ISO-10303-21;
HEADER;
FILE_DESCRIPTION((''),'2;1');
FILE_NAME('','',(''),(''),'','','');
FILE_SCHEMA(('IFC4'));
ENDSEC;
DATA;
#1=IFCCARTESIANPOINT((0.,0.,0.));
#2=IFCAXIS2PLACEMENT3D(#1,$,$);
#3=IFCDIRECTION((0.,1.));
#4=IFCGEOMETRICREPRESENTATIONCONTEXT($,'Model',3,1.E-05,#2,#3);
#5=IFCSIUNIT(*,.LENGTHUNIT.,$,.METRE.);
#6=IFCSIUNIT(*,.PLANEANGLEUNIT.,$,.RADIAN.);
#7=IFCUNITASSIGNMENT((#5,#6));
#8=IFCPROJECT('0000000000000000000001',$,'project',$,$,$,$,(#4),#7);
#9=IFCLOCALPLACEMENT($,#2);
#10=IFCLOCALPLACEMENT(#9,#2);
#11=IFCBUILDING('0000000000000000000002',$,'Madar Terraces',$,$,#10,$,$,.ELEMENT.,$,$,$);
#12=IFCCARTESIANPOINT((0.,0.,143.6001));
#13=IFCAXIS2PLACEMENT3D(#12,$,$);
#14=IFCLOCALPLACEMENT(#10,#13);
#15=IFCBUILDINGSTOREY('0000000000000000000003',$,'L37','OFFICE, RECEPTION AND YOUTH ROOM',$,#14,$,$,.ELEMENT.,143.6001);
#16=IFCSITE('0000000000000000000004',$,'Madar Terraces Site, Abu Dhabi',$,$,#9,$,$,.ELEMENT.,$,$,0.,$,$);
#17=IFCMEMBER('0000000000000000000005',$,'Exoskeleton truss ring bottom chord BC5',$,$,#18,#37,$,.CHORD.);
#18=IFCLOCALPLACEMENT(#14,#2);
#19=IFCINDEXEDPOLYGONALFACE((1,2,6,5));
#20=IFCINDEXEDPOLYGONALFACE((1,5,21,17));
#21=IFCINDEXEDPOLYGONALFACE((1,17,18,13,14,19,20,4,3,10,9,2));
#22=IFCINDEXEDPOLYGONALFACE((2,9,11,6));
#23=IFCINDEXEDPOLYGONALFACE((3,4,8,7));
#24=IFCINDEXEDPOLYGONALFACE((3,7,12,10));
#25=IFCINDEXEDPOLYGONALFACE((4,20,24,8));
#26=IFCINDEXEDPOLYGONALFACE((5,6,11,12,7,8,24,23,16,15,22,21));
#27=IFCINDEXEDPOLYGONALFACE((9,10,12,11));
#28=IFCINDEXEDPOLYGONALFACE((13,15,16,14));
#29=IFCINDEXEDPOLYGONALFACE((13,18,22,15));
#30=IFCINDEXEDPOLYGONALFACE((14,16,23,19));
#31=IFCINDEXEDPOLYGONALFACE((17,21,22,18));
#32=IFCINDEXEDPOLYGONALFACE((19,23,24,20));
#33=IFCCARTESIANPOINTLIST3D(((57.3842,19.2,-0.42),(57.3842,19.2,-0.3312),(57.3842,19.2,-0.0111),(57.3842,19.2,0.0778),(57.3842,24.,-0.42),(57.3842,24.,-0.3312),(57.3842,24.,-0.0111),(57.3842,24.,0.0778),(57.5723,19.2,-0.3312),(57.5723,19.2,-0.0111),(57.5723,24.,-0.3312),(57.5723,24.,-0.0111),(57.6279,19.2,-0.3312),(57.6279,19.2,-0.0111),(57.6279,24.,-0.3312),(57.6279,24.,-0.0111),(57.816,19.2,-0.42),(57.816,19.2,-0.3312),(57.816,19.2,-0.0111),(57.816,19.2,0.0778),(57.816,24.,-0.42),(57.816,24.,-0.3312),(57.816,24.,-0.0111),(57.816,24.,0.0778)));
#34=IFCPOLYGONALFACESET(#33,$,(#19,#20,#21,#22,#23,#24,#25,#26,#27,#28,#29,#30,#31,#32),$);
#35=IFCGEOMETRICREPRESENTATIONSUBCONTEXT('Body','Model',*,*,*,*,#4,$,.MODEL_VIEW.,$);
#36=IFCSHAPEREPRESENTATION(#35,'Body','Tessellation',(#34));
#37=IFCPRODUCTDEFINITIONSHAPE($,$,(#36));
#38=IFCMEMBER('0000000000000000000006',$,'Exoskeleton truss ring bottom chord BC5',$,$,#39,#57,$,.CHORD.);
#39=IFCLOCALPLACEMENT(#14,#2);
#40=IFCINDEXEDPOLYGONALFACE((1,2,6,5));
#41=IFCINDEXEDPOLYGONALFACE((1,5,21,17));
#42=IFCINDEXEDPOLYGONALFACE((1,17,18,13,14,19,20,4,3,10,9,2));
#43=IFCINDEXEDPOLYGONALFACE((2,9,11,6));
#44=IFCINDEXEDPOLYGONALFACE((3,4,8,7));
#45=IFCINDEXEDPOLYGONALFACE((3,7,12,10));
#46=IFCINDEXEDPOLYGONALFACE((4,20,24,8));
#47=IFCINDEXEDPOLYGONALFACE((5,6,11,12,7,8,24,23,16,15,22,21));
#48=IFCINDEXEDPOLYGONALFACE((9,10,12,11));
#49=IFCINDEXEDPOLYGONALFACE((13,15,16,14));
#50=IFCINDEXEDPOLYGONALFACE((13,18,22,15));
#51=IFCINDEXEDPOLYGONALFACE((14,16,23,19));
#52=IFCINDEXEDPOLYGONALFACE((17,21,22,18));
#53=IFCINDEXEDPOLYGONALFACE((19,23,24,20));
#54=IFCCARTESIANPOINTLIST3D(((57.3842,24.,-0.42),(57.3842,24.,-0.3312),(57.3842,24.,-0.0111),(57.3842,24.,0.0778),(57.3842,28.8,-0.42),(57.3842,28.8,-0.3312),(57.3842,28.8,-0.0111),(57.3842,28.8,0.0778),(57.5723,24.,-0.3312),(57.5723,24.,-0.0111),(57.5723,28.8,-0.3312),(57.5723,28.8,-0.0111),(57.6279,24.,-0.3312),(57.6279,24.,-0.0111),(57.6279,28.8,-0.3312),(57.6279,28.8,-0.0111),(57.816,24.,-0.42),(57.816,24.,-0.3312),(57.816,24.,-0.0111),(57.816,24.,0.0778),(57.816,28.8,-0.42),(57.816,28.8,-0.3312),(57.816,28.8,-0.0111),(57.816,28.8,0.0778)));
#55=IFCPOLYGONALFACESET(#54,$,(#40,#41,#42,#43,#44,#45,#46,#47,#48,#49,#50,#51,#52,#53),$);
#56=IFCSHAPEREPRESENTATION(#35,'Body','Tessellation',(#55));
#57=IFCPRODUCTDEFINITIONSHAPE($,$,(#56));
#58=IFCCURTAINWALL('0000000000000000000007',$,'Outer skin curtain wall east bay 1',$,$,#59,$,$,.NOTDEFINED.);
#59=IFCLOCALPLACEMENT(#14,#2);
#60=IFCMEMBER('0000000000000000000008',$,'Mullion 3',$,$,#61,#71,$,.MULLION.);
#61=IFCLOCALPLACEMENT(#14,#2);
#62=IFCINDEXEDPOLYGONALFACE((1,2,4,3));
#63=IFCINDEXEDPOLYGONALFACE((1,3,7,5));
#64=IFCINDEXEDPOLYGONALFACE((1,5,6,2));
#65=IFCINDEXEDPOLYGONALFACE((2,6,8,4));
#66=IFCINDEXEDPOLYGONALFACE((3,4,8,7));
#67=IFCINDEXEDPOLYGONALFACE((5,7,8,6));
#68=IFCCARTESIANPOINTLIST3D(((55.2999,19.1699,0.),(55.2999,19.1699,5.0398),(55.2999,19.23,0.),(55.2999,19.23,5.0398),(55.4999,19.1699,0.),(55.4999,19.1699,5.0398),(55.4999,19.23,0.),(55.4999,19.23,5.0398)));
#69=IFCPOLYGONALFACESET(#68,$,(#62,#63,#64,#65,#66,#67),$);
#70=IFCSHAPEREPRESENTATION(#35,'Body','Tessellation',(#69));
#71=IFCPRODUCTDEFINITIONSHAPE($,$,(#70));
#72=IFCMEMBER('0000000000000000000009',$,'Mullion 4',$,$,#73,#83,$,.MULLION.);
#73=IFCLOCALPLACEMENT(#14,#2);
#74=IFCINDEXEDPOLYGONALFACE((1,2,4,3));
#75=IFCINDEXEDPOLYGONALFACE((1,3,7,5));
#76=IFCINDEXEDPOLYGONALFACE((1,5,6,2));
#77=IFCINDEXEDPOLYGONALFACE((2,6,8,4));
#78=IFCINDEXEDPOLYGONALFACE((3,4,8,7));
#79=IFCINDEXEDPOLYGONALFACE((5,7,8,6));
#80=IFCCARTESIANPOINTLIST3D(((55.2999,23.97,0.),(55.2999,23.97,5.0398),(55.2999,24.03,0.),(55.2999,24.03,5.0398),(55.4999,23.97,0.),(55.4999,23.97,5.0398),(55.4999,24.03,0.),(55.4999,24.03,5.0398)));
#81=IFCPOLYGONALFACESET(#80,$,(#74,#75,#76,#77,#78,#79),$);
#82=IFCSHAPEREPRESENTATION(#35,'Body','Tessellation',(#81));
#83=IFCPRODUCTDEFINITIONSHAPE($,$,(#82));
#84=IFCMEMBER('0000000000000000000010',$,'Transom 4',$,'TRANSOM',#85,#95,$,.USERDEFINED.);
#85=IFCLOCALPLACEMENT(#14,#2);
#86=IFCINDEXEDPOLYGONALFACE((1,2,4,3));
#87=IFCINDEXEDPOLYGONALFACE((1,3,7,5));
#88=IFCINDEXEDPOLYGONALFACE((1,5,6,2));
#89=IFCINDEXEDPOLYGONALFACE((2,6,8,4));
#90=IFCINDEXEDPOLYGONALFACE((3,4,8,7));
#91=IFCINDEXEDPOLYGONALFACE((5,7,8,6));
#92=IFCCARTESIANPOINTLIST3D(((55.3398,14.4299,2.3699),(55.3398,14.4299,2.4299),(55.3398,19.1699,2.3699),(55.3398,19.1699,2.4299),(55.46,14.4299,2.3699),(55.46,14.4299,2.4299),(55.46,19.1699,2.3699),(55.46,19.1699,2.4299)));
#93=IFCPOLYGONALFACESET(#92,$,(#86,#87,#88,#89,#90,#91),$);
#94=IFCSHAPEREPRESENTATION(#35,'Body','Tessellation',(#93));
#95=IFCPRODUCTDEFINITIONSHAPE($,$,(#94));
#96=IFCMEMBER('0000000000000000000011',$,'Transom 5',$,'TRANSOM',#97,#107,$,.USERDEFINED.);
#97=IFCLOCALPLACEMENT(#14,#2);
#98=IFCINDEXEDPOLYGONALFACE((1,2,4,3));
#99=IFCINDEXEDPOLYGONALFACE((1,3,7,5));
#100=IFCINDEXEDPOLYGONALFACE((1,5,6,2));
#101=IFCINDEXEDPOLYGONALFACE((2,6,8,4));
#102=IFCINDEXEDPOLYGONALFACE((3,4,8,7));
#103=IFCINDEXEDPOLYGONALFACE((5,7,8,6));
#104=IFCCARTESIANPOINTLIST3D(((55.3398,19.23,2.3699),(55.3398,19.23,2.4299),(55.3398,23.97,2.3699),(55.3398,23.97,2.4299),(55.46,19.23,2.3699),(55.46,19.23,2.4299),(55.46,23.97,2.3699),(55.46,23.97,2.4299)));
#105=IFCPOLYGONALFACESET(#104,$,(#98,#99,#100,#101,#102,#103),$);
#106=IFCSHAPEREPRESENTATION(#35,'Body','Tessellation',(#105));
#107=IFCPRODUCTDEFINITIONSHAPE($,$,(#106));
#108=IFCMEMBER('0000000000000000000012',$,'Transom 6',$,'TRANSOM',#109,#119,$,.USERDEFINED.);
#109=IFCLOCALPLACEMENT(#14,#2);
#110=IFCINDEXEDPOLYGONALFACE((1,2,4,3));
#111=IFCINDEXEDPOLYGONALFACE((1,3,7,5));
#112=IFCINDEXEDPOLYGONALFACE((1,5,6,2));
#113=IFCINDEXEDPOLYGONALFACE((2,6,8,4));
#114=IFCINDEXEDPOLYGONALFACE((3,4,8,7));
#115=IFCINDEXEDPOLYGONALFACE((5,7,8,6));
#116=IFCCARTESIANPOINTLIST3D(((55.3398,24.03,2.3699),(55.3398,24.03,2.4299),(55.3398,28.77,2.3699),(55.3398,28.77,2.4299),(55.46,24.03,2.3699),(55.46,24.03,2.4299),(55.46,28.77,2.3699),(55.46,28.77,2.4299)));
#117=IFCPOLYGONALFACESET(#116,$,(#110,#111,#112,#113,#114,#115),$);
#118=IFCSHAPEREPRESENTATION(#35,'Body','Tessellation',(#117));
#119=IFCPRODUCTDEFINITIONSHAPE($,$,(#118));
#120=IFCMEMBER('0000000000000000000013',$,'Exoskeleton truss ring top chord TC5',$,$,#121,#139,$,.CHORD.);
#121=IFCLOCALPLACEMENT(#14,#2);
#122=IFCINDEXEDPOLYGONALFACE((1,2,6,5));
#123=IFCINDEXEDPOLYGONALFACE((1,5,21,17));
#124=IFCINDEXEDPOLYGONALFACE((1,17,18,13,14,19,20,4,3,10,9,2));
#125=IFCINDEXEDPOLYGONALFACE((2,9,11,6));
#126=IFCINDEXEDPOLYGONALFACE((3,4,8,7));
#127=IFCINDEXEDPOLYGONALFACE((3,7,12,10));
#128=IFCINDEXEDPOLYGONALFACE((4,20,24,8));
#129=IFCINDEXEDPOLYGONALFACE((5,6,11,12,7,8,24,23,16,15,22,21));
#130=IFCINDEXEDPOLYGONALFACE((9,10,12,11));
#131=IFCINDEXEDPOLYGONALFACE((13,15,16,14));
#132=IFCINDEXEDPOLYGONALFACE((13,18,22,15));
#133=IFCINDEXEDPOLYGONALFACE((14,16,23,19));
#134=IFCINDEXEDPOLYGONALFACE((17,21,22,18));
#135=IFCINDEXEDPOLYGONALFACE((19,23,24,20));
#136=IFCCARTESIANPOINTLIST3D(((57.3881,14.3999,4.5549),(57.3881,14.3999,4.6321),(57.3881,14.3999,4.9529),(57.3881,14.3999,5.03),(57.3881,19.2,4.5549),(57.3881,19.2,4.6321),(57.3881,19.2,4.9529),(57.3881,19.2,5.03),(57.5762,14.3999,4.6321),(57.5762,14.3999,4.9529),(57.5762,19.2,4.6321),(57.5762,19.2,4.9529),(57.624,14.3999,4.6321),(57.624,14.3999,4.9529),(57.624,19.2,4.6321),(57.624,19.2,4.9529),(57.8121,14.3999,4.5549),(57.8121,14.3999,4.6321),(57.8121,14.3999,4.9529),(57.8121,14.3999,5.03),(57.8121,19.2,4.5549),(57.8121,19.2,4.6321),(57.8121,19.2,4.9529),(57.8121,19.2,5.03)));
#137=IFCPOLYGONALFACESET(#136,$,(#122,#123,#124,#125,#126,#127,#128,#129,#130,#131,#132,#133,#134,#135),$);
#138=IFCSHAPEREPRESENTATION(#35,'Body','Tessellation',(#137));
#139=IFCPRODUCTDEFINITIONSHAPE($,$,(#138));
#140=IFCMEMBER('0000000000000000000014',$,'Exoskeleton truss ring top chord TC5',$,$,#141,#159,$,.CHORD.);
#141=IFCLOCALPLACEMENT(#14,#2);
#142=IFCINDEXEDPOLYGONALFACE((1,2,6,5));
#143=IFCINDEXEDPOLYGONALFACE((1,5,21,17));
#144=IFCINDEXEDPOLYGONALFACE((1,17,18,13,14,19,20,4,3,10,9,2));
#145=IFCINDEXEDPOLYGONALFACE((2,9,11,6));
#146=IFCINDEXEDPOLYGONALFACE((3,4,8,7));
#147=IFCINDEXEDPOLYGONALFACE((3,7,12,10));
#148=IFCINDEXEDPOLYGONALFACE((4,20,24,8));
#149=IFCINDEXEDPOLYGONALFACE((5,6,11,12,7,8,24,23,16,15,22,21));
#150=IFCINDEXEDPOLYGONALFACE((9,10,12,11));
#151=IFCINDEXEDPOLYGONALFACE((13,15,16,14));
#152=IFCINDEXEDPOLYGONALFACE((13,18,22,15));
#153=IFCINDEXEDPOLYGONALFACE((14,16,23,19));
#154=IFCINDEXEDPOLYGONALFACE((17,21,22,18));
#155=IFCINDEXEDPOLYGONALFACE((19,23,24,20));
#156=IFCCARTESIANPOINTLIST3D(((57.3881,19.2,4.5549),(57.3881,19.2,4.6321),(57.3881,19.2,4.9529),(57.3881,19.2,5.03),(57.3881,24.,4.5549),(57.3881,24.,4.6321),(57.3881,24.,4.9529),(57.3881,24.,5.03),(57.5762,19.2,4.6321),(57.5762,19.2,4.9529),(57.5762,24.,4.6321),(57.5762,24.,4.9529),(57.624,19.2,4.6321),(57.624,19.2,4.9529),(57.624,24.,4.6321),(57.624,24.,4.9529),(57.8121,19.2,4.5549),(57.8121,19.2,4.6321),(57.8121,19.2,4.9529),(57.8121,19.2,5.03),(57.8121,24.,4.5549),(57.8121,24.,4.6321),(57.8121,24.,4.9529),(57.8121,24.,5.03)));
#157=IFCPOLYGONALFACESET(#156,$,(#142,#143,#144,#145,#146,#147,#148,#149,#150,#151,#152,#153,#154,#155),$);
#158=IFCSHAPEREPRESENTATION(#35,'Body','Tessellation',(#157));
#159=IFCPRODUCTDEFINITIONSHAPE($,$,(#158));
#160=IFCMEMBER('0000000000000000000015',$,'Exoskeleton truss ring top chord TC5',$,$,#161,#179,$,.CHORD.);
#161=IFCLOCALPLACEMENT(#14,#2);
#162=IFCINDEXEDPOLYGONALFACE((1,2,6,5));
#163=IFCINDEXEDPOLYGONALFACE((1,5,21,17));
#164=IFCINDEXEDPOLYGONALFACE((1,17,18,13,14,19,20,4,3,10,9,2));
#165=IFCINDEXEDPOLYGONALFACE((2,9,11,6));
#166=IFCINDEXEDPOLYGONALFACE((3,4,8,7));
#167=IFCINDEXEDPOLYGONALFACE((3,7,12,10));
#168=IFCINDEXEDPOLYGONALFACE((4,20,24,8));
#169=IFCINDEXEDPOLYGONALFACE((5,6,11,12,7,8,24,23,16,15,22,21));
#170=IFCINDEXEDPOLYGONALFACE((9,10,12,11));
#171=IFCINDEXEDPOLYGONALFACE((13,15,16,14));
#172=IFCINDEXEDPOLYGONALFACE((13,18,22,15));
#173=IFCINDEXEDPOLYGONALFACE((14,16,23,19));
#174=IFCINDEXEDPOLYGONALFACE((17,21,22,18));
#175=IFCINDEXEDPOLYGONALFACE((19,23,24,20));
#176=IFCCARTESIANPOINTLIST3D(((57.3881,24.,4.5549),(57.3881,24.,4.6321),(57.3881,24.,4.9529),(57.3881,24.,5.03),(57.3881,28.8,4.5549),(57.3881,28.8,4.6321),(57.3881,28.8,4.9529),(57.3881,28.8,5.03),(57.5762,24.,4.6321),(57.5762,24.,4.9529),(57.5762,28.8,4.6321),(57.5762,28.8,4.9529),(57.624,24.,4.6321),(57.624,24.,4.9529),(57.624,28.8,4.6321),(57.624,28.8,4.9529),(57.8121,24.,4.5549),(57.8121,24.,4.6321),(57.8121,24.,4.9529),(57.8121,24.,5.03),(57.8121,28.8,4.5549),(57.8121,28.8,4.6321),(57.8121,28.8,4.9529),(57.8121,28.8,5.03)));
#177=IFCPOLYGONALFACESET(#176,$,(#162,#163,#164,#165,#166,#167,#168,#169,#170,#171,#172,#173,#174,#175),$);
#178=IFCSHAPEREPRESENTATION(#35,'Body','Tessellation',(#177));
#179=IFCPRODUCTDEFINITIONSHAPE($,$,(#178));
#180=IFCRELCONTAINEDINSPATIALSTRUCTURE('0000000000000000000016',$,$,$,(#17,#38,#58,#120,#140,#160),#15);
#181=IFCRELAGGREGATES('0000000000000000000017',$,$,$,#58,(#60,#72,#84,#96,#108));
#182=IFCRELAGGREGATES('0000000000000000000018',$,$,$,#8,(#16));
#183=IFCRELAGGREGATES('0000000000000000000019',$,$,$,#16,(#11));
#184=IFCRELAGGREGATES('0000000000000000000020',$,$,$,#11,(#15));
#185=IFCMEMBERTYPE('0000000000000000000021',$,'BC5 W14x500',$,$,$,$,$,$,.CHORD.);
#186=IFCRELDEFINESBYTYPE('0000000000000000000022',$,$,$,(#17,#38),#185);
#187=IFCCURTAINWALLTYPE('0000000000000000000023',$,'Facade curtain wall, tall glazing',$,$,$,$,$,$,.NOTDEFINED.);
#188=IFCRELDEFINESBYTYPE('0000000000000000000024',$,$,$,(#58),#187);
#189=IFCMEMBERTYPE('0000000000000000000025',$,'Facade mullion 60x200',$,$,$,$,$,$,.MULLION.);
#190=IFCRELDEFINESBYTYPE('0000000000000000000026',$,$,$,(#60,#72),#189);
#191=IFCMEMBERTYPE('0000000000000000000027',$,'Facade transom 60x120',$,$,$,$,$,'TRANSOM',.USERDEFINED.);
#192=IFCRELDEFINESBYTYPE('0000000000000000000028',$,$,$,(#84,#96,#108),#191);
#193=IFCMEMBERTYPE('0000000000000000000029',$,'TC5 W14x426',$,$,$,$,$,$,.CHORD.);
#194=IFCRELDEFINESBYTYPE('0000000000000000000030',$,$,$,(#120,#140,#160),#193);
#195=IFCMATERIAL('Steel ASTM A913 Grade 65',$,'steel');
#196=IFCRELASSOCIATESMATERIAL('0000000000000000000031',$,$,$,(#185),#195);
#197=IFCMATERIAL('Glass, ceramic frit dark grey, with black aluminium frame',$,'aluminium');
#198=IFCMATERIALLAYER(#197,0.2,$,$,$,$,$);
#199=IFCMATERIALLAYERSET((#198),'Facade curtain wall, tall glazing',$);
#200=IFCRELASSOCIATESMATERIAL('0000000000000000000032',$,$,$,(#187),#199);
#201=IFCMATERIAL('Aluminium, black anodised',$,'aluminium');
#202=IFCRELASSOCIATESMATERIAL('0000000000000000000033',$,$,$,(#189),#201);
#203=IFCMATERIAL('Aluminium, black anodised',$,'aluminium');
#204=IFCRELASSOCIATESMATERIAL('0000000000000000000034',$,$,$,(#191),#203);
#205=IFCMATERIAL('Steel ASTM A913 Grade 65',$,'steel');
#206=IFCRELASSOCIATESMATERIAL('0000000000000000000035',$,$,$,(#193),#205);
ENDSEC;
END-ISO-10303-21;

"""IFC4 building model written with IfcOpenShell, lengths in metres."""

from ifc_helpers import new_model, si_unit, direction, frame, origin, origin_2d, place, context, subcontext, project, spatial, rectangle, i_section, extrude, material, layer, layer_set, material_profile, profile_set, type_object, element, aggregate, save


model = new_model("IFC4")

# Units and contexts
model_context = context("Model", 3, precision=1e-05, world=origin(), true_north=direction((0.0, 1.0)))
body_context = subcontext(model_context, "Body", "Model", "MODEL_VIEW")
ifc_project = project(units=[si_unit("LENGTHUNIT", "METRE"), si_unit("PLANEANGLEUNIT", "RADIAN")], contexts=[model_context])

# Site, building, storey
site_placement = place(None, origin())
site = spatial("IfcSite", under=ifc_project, at=site_placement, Name="Madar Terraces Site, Abu Dhabi", CompositionType="ELEMENT", RefElevation=0.0)
building_placement = place(site_placement, origin())
building = spatial("IfcBuilding", under=site, at=building_placement, Name="Madar Terraces", CompositionType="ELEMENT")
storey_placement = place(building_placement, frame((0.0, 0.0, 143.6001)))
storey = spatial("IfcBuildingStorey", under=building, at=storey_placement, Name="L37", Description="OFFICE, RECEPTION AND YOUTH ROOM", CompositionType="ELEMENT", Elevation=143.6001)

# Members
ifc_material_1 = material(Name="Steel ASTM A913 Grade 65", Category="steel")
ifc_material_profile_1 = material_profile(ifc_material_1, i_section(OverallWidth=0.4319, OverallDepth=0.4978, WebThickness=0.0557, FlangeThickness=0.0889, at=origin_2d()), Name="W14x500")
ifc_profile_set_1 = profile_set([ifc_material_profile_1], Name="Steel ASTM A913 Grade 65")
member_type_1 = type_object("IfcMemberType", Name="BC5 W14x500", PredefinedType="CHORD", material=ifc_profile_set_1)
for number, where, z_axis, x_axis, name in (
    (1, (57.6001, 19.2, -0.1711), (0.0, 1.0, 0.0), (-1.0, 0.0, 0.0), "Exoskeleton truss ring bottom chord BC5"),
    (2, (57.6001, 24.0, -0.1711), (0.0, 1.0, 0.0), (-1.0, 0.0, 0.0), "Exoskeleton truss ring bottom chord BC5"),
):
    element("IfcMember", number, at=place(storey_placement, frame(where, z_axis=z_axis, x_axis=x_axis)), inside=storey, type_object=member_type_1, Name=name, PredefinedType="CHORD", context=body_context, shape_type="SweptSolid", body=[
        extrude(i_section(OverallWidth=0.4319, OverallDepth=0.4978, WebThickness=0.0557, FlangeThickness=0.0889, at=origin_2d()), origin(), (0.0, 0.0, 1.0), 4.8),
    ])

# Curtain wall, members
ifc_material_2 = material(Name="Glass, ceramic frit dark grey, with black aluminium frame", Category="aluminium")
ifc_layer_1 = layer(ifc_material_2, 0.2)
ifc_layer_set_1 = layer_set([ifc_layer_1], Name="Facade curtain wall, tall glazing")
curtain_wall_type = type_object("IfcCurtainWallType", Name="Facade curtain wall, tall glazing", PredefinedType="NOTDEFINED", material=ifc_layer_set_1)
curtain_wall_placement = place(storey_placement, origin())
curtain_wall = element("IfcCurtainWall", 3, at=curtain_wall_placement, inside=storey, type_object=curtain_wall_type, Name="Outer skin curtain wall east bay 1", PredefinedType="NOTDEFINED")
ifc_material_3 = material(Name="Aluminium, black anodised", Category="aluminium")
ifc_material_profile_2 = material_profile(ifc_material_3, rectangle(XDim=0.2, YDim=0.0601, at=origin_2d()), Name="Facade mullion 60x200")
ifc_profile_set_2 = profile_set([ifc_material_profile_2], Name="Aluminium, black anodised")
member_type_2 = type_object("IfcMemberType", Name="Facade mullion 60x200", PredefinedType="MULLION", material=ifc_profile_set_2)
member_1_placement = place(storey_placement, frame((55.3999, 19.2, 0.0), z_axis=(0.0, 0.0, 1.0), x_axis=(-1.0, 0.0, 0.0)))
member_1 = element("IfcMember", 4, at=member_1_placement, type_object=member_type_2, Name="Mullion 3", PredefinedType="MULLION", context=body_context, shape_type="SweptSolid", body=[
    extrude(rectangle(XDim=0.2, YDim=0.0601, at=origin_2d()), origin(), (0.0, 0.0, 1.0), 5.0398),
])
member_2_placement = place(storey_placement, frame((55.3999, 24.0, 0.0), z_axis=(0.0, 0.0, 1.0), x_axis=(-1.0, 0.0, 0.0)))
member_2 = element("IfcMember", 5, at=member_2_placement, type_object=member_type_2, Name="Mullion 4", PredefinedType="MULLION", context=body_context, shape_type="SweptSolid", body=[
    extrude(rectangle(XDim=0.2, YDim=0.0601, at=origin_2d()), origin(), (0.0, 0.0, 1.0), 5.0398),
])
ifc_material_4 = material(Name="Aluminium, black anodised", Category="aluminium")
ifc_material_profile_3 = material_profile(ifc_material_4, rectangle(XDim=0.1201, YDim=0.0601, at=origin_2d()), Name="Facade transom 60x120")
ifc_profile_set_3 = profile_set([ifc_material_profile_3], Name="Aluminium, black anodised")
member_type_3 = type_object("IfcMemberType", Name="Facade transom 60x120", ElementType="TRANSOM", PredefinedType="USERDEFINED", material=ifc_profile_set_3)
member_3_placement = place(storey_placement, frame((55.3999, 14.4299, 2.3999), z_axis=(0.0, 1.0, 0.0), x_axis=(-1.0, 0.0, 0.0)))
member_3 = element("IfcMember", 6, at=member_3_placement, type_object=member_type_3, Name="Transom 4", ObjectType="TRANSOM", PredefinedType="USERDEFINED", context=body_context, shape_type="SweptSolid", body=[
    extrude(rectangle(XDim=0.1201, YDim=0.0601, at=origin_2d()), origin(), (0.0, 0.0, 1.0), 4.74),
])
member_4_placement = place(storey_placement, frame((55.3999, 19.23, 2.3999), z_axis=(0.0, 1.0, 0.0), x_axis=(-1.0, 0.0, 0.0)))
member_4 = element("IfcMember", 7, at=member_4_placement, type_object=member_type_3, Name="Transom 5", ObjectType="TRANSOM", PredefinedType="USERDEFINED", context=body_context, shape_type="SweptSolid", body=[
    extrude(rectangle(XDim=0.1201, YDim=0.0601, at=origin_2d()), origin(), (0.0, 0.0, 1.0), 4.74),
])
member_5_placement = place(storey_placement, frame((55.3999, 24.03, 2.3999), z_axis=(0.0, 1.0, 0.0), x_axis=(-1.0, 0.0, 0.0)))
member_5 = element("IfcMember", 8, at=member_5_placement, type_object=member_type_3, Name="Transom 6", ObjectType="TRANSOM", PredefinedType="USERDEFINED", context=body_context, shape_type="SweptSolid", body=[
    extrude(rectangle(XDim=0.1201, YDim=0.0601, at=origin_2d()), origin(), (0.0, 0.0, 1.0), 4.74),
])

# Members
ifc_material_5 = material(Name="Steel ASTM A913 Grade 65", Category="steel")
ifc_material_profile_4 = material_profile(ifc_material_5, i_section(OverallWidth=0.4241, OverallDepth=0.4751, WebThickness=0.0479, FlangeThickness=0.0771, at=origin_2d()), Name="W14x426")
ifc_profile_set_4 = profile_set([ifc_material_profile_4], Name="Steel ASTM A913 Grade 65")
member_type_4 = type_object("IfcMemberType", Name="TC5 W14x426", PredefinedType="CHORD", material=ifc_profile_set_4)
for number, where, z_axis, x_axis, name in (
    (9, (57.6001, 14.3999, 4.7925), (0.0, 1.0, 0.0), (-1.0, 0.0, 0.0), "Exoskeleton truss ring top chord TC5"),
    (10, (57.6001, 19.2, 4.7925), (0.0, 1.0, 0.0), (-1.0, 0.0, 0.0), "Exoskeleton truss ring top chord TC5"),
    (11, (57.6001, 24.0, 4.7925), (0.0, 1.0, 0.0), (-1.0, 0.0, 0.0), "Exoskeleton truss ring top chord TC5"),
):
    element("IfcMember", number, at=place(storey_placement, frame(where, z_axis=z_axis, x_axis=x_axis)), inside=storey, type_object=member_type_4, Name=name, PredefinedType="CHORD", context=body_context, shape_type="SweptSolid", body=[
        extrude(i_section(OverallWidth=0.4241, OverallDepth=0.4751, WebThickness=0.0479, FlangeThickness=0.0771, at=origin_2d()), origin(), (0.0, 0.0, 1.0), 4.8),
    ])

aggregate(curtain_wall, [member_1, member_2, member_3, member_4, member_5])

save(model, "model.ifc")
